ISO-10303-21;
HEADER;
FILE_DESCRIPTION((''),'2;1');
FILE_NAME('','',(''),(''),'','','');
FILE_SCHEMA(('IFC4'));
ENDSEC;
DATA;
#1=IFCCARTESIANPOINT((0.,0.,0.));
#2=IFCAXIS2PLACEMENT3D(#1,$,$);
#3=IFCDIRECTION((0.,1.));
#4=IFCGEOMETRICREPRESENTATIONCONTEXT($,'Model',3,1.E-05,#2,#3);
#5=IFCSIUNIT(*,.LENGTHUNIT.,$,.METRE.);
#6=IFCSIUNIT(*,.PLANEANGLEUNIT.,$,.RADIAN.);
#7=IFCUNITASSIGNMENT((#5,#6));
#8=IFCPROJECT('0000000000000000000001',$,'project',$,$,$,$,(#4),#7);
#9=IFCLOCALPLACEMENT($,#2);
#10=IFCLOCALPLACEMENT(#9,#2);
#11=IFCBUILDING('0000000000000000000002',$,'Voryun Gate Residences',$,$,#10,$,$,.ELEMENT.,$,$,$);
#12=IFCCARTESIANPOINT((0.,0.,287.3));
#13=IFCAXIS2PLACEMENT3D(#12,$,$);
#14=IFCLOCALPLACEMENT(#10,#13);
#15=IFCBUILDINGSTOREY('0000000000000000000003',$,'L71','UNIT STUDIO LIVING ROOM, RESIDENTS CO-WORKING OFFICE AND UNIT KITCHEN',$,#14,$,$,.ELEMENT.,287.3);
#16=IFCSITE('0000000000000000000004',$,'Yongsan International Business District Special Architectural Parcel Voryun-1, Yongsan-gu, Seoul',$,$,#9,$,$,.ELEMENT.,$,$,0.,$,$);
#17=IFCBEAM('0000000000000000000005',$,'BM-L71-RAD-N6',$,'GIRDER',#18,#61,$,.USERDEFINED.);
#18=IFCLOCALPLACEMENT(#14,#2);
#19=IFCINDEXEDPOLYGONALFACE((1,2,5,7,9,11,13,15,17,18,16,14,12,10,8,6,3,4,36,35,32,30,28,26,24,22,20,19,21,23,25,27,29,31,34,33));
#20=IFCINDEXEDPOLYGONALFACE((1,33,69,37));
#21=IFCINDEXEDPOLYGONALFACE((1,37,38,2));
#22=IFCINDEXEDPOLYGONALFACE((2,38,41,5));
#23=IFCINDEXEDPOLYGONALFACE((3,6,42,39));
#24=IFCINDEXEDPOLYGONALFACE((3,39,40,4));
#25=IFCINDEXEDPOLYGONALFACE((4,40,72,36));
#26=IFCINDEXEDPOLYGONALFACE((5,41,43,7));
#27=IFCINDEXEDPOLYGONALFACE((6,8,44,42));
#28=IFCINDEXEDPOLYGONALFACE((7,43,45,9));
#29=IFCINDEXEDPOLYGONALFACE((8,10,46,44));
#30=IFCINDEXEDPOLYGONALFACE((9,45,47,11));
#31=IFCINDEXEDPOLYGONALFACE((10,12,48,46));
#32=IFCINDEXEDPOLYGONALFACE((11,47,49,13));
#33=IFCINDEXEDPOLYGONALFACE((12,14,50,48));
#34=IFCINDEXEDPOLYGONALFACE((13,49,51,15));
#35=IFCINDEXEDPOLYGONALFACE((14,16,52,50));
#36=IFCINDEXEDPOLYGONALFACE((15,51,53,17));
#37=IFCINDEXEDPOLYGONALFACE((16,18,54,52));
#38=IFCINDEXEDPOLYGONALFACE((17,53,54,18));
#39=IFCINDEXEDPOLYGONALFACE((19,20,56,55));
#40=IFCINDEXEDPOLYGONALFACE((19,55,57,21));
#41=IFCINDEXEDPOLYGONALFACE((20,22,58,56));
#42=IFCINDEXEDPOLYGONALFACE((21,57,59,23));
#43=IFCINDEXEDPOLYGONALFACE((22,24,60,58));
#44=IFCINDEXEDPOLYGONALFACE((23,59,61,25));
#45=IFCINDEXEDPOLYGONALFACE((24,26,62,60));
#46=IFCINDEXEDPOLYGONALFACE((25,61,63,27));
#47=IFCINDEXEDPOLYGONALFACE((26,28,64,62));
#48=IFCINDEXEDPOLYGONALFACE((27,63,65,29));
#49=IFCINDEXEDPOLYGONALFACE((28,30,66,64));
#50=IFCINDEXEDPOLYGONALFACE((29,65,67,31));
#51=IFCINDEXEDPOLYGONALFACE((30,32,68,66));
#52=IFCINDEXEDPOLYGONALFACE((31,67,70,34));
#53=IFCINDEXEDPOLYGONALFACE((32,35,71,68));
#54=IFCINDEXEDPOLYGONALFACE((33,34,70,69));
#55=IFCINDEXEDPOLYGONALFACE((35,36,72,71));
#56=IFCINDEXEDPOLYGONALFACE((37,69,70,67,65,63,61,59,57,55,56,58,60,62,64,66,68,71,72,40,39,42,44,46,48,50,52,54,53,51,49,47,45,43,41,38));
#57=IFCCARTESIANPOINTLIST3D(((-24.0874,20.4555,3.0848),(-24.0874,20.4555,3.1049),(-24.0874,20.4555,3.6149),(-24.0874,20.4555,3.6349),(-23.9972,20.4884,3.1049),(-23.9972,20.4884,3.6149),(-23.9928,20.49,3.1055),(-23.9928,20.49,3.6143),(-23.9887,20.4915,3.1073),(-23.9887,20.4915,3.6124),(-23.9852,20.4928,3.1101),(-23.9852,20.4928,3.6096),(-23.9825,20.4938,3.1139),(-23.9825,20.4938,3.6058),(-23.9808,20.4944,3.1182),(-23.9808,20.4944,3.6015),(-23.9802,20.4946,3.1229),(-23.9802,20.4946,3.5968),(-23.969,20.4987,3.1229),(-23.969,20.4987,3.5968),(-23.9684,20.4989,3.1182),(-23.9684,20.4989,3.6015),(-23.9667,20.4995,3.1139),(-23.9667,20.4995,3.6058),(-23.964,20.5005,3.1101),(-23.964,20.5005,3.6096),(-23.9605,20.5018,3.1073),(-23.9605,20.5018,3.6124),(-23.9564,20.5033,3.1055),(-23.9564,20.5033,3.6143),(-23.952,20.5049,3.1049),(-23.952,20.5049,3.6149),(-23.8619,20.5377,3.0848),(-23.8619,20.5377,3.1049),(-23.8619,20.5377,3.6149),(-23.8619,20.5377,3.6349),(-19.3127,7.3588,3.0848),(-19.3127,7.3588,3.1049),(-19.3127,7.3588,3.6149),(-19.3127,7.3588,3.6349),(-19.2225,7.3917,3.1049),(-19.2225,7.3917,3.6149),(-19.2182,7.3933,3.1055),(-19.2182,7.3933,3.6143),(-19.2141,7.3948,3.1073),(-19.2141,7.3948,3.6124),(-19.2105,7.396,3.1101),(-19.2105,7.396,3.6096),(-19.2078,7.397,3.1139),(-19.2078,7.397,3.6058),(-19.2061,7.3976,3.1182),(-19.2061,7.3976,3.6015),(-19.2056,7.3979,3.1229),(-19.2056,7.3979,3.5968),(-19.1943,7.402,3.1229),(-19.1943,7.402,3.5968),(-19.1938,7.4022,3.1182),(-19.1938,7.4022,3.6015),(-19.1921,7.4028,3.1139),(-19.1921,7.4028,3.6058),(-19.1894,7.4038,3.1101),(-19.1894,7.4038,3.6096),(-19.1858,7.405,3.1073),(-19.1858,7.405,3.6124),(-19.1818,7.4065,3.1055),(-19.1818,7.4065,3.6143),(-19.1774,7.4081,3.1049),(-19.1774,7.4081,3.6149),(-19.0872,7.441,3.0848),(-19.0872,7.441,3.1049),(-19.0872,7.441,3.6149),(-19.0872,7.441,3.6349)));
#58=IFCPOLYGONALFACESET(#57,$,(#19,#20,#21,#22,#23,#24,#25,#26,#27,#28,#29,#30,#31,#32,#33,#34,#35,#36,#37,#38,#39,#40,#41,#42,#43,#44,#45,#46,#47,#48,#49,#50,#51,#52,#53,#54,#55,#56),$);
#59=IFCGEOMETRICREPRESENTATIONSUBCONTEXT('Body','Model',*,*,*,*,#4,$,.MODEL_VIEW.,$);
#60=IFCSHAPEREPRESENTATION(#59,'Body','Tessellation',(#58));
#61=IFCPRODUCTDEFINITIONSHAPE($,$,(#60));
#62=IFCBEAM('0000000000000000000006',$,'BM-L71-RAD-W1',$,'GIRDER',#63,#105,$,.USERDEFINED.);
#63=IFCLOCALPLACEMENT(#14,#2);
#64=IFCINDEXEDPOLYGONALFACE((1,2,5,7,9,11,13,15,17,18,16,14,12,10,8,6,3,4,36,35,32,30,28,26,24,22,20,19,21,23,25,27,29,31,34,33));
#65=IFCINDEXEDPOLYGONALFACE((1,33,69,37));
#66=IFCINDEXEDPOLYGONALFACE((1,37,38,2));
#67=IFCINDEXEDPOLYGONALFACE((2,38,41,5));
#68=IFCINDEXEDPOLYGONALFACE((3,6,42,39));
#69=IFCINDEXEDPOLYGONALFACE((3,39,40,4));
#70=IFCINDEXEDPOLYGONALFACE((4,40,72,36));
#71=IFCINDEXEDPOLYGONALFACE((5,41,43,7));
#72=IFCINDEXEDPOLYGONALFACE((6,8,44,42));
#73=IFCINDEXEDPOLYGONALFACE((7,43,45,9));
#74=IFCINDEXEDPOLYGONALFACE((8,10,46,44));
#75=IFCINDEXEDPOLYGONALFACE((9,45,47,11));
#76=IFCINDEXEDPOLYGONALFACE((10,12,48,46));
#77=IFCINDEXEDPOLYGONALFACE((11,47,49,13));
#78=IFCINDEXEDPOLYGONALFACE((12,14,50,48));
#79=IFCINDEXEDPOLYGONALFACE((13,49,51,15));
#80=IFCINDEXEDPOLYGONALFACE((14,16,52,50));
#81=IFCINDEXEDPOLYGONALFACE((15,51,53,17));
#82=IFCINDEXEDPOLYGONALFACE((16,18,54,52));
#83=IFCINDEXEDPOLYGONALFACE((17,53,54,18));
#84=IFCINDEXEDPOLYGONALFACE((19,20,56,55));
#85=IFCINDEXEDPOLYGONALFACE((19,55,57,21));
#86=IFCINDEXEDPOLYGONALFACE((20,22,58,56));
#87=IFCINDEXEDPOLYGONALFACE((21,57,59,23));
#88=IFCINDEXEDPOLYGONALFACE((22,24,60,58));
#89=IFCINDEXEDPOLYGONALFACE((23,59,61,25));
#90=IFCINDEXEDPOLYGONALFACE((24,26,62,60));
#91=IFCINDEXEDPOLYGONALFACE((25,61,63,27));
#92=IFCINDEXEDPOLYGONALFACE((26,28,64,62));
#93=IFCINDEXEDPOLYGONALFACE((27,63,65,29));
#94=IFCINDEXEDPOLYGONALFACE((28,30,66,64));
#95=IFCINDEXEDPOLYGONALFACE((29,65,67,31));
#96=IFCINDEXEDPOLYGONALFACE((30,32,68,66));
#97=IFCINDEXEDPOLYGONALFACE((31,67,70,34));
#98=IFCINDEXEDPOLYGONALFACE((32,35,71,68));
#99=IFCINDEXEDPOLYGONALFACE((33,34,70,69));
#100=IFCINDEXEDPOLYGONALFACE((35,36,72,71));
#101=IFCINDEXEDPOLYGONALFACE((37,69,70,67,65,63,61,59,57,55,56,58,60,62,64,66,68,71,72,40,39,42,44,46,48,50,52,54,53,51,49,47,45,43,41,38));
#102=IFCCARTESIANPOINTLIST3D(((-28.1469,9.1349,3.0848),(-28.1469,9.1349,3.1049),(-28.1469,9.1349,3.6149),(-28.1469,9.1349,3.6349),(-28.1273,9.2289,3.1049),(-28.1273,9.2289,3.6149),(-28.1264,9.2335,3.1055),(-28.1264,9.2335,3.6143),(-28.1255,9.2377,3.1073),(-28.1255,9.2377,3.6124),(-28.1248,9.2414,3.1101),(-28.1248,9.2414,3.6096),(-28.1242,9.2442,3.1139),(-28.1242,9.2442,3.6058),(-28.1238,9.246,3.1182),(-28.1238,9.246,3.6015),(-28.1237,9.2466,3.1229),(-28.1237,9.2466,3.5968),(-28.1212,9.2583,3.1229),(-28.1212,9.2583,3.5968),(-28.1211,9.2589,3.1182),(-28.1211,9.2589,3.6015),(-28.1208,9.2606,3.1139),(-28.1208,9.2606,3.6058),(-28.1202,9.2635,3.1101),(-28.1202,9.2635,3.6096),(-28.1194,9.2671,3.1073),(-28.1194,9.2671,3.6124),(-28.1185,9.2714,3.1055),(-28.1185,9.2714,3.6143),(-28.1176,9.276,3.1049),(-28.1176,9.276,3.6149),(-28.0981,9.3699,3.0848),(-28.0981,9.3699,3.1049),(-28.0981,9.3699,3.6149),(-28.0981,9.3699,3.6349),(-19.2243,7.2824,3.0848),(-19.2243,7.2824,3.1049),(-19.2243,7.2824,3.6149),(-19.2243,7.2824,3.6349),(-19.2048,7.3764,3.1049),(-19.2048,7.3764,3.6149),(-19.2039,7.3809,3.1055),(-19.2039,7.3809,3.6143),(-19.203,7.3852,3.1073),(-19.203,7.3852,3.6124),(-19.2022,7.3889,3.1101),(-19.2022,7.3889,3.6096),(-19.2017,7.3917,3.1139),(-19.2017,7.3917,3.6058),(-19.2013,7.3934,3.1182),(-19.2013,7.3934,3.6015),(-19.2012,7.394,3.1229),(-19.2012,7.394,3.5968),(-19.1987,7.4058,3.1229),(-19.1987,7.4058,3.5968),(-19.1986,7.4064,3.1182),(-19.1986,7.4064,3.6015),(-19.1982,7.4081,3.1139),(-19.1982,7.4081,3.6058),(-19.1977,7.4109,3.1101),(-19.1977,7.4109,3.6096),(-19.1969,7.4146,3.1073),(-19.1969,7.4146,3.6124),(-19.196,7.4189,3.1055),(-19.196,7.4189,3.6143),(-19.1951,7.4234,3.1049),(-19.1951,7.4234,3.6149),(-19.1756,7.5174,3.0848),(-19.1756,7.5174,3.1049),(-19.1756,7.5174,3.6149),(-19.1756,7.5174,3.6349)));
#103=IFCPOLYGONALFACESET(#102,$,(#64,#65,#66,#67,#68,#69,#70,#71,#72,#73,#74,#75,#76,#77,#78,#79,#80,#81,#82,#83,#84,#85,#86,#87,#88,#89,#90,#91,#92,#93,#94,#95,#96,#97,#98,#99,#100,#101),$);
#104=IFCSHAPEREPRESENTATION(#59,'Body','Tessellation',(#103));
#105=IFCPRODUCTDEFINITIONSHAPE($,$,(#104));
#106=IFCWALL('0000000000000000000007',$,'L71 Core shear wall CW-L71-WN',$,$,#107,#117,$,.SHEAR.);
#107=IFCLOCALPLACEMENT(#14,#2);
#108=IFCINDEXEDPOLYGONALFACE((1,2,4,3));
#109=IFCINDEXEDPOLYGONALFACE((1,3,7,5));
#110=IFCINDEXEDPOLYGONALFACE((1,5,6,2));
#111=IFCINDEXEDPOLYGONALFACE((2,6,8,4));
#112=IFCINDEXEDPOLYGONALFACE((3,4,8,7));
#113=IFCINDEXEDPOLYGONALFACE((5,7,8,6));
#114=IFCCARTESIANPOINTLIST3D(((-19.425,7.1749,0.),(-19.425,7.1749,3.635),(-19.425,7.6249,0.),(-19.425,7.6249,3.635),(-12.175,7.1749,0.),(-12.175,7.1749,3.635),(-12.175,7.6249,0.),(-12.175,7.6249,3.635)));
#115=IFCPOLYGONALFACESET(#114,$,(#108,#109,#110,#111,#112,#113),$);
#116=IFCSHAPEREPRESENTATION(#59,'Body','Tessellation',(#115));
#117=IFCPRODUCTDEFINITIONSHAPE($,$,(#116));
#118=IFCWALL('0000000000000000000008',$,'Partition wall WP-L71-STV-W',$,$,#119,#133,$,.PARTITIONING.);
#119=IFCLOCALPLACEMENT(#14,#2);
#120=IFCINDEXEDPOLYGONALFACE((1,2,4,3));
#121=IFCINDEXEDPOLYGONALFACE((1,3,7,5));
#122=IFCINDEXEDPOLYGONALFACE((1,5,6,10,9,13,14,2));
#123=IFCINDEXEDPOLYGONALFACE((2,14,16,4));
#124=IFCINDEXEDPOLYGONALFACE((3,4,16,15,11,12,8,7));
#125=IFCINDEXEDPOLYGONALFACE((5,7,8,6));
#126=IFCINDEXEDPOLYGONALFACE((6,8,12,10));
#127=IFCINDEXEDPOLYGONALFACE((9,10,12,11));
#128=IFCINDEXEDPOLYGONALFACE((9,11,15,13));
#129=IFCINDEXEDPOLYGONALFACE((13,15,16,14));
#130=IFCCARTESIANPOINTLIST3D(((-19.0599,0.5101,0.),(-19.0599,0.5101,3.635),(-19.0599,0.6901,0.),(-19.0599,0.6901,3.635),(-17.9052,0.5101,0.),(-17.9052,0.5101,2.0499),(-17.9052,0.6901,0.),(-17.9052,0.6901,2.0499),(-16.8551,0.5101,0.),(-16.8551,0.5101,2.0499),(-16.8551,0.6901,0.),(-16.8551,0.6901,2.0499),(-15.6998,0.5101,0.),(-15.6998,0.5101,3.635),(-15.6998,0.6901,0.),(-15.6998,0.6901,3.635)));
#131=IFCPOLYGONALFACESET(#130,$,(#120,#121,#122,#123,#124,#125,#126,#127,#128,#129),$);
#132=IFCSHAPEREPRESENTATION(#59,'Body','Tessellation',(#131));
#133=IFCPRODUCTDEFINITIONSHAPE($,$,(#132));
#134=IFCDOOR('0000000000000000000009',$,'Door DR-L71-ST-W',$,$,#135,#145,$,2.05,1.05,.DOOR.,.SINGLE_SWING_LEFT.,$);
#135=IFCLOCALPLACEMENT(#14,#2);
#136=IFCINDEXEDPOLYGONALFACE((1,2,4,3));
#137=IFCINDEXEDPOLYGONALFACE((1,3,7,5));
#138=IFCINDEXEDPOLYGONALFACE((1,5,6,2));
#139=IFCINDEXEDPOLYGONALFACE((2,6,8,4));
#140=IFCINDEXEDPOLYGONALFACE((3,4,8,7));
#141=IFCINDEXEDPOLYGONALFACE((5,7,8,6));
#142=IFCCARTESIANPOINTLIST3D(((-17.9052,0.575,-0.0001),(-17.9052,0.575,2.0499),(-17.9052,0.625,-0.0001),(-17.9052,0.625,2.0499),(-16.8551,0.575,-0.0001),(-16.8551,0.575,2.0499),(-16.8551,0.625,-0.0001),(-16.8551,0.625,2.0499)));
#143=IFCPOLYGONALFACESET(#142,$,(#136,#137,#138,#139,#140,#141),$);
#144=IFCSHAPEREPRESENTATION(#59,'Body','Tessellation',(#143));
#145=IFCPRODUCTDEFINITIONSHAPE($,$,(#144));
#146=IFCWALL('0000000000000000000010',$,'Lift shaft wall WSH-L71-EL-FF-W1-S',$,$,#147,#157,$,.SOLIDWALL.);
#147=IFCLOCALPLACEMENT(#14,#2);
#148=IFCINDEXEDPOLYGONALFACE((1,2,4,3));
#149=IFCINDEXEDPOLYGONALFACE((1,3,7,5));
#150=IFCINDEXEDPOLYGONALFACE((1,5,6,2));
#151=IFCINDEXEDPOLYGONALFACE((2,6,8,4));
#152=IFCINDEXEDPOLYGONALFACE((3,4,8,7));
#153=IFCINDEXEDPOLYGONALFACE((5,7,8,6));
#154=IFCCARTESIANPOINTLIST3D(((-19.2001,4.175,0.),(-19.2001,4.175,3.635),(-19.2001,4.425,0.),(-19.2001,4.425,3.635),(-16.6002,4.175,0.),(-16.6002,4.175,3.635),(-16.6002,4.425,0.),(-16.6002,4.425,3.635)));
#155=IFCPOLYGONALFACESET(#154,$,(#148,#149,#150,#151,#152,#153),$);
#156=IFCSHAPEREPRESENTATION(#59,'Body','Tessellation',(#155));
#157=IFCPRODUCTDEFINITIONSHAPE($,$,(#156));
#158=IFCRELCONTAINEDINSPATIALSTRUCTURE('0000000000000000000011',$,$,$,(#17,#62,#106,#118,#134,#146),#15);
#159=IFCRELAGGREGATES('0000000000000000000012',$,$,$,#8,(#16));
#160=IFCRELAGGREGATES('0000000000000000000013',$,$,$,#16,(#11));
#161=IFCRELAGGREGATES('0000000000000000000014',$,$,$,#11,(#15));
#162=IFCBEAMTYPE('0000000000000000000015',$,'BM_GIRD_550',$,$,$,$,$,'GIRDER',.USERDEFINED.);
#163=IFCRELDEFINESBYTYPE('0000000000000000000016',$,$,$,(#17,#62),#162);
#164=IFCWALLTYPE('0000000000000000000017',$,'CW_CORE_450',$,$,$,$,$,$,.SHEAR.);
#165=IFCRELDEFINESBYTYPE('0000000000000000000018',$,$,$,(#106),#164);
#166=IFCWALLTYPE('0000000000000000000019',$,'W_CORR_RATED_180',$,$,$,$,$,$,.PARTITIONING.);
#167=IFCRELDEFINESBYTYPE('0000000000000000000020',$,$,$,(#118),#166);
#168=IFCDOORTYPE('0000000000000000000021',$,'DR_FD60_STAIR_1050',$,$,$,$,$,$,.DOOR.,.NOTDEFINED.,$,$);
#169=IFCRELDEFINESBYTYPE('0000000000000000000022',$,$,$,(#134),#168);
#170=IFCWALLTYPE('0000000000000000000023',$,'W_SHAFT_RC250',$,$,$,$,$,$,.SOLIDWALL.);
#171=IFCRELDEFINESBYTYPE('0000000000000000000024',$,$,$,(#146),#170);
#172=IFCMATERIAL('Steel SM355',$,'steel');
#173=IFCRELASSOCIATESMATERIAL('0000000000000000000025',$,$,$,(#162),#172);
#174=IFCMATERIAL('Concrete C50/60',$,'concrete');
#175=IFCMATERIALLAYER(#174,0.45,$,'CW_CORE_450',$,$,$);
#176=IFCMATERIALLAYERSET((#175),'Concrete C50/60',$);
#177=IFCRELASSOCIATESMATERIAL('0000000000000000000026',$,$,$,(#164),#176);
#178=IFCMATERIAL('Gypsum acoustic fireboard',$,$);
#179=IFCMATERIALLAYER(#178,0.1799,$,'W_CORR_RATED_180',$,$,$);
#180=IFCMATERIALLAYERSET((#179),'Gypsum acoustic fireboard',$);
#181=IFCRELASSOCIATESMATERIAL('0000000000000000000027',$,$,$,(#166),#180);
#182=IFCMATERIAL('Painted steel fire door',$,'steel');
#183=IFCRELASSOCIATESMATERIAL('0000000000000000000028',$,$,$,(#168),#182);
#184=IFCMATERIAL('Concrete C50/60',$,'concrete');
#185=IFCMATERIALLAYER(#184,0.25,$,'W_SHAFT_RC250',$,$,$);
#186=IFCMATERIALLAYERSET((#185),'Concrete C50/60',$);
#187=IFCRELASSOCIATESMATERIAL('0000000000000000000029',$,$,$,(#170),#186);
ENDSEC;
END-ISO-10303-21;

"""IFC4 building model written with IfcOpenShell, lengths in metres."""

from ifc_helpers import new_model, si_unit, direction, frame, frame_2d, origin, origin_2d, place, context, subcontext, project, spatial, rectangle, i_section, extrude, material, layer, layer_set, material_profile, profile_set, type_object, element, fill, save


model = new_model("IFC4")

# Units and contexts
model_context = context("Model", 3, precision=1e-05, world=origin(), true_north=direction((0.0, 1.0)))
body_context = subcontext(model_context, "Body", "Model", "MODEL_VIEW")
ifc_project = project(units=[si_unit("LENGTHUNIT", "METRE"), si_unit("PLANEANGLEUNIT", "RADIAN")], contexts=[model_context])

# Site, building, storey
site_placement = place(None, origin())
site = spatial("IfcSite", under=ifc_project, at=site_placement, Name="Yongsan International Business District Special Architectural Parcel Voryun-1, Yongsan-gu, Seoul", CompositionType="ELEMENT", RefElevation=0.0)
building_placement = place(site_placement, origin())
building = spatial("IfcBuilding", under=site, at=building_placement, Name="Voryun Gate Residences", CompositionType="ELEMENT")
storey_placement = place(building_placement, frame((0.0, 0.0, 287.3)))
storey = spatial("IfcBuildingStorey", under=building, at=storey_placement, Name="L71", Description="UNIT STUDIO LIVING ROOM, RESIDENTS CO-WORKING OFFICE AND UNIT KITCHEN", CompositionType="ELEMENT", Elevation=287.3)

# Beams
ifc_material_1 = material(Name="Steel SM355", Category="steel")
ifc_material_profile_1 = material_profile(ifc_material_1, i_section(OverallWidth=0.24, OverallDepth=0.55, WebThickness=0.012, FlangeThickness=0.02, FilletRadius=0.0181, at=origin_2d()), Name="H-550x240x12x20")
ifc_profile_set_1 = profile_set([ifc_material_profile_1], Name="Steel SM355")
beam_type_1 = type_object("IfcBeamType", Name="BM_GIRD_550", ElementType="GIRDER", PredefinedType="USERDEFINED", material=ifc_profile_set_1)
beam_1_placement = place(storey_placement, frame((-19.2, 7.3999, 3.3599), z_axis=(-0.342518, 0.939511, 0.0), x_axis=(-0.939511, -0.342518, 0.0)))
element("IfcBeam", 1, at=beam_1_placement, inside=storey, type_object=beam_type_1, Name="BM-L71-RAD-N6", ObjectType="GIRDER", PredefinedType="USERDEFINED", context=body_context, shape_type="SweptSolid", body=[
    extrude(i_section(OverallWidth=0.24, OverallDepth=0.55, WebThickness=0.012, FlangeThickness=0.02, FilletRadius=0.0181, at=origin_2d()), origin(), (0.0, 0.0, 1.0), 13.9399),
])
beam_2_placement = place(storey_placement, frame((-19.2, 7.3999, 3.3599), z_axis=(-0.979119, 0.203288, 0.0), x_axis=(-0.203288, -0.979119, 0.0)))
element("IfcBeam", 2, at=beam_2_placement, inside=storey, type_object=beam_type_1, Name="BM-L71-RAD-W1", ObjectType="GIRDER", PredefinedType="USERDEFINED", context=body_context, shape_type="SweptSolid", body=[
    extrude(i_section(OverallWidth=0.24, OverallDepth=0.55, WebThickness=0.012, FlangeThickness=0.02, FilletRadius=0.0181, at=origin_2d()), origin(), (0.0, 0.0, 1.0), 9.1128),
])

# Wall
ifc_material_2 = material(Name="Concrete C50/60", Category="concrete")
ifc_layer_1 = layer(ifc_material_2, 0.45, Name="CW_CORE_450")
ifc_layer_set_1 = layer_set([ifc_layer_1], Name="Concrete C50/60")
wall_type_1 = type_object("IfcWallType", Name="CW_CORE_450", PredefinedType="SHEAR", material=ifc_layer_set_1)
wall_1_placement = place(storey_placement, frame((-19.425, 7.3999, 0.0), z_axis=(0.0, 0.0, 1.0), x_axis=(1.0, 0.0, 0.0)))
element("IfcWall", 3, at=wall_1_placement, inside=storey, type_object=wall_type_1, Name="L71 Core shear wall CW-L71-WN", PredefinedType="SHEAR", context=body_context, shape_type="SweptSolid", body=[
    extrude(rectangle(XDim=7.25, YDim=0.45, at=frame_2d((3.625, 0.0))), origin(), (0.0, 0.0, 1.0), 3.635),
])

# Wall, opening, door
ifc_material_3 = material(Name="Gypsum acoustic fireboard")
ifc_layer_2 = layer(ifc_material_3, 0.1799, Name="W_CORR_RATED_180")
ifc_layer_set_2 = layer_set([ifc_layer_2], Name="Gypsum acoustic fireboard")
wall_type_2 = type_object("IfcWallType", Name="W_CORR_RATED_180", PredefinedType="PARTITIONING", material=ifc_layer_set_2)
wall_2_placement = place(storey_placement, frame((-19.0601, 0.6001, 0.0), z_axis=(0.0, 0.0, 1.0), x_axis=(1.0, 0.0, 0.0)))
wall_2 = element("IfcWall", 4, at=wall_2_placement, inside=storey, type_object=wall_type_2, Name="Partition wall WP-L71-STV-W", PredefinedType="PARTITIONING", context=body_context, shape_type="SweptSolid", body=[
    extrude(rectangle(XDim=3.3601, YDim=0.1799, at=frame_2d((1.6802, 0.0))), origin(), (0.0, 0.0, 1.0), 3.635),
])
opening_1_placement = place(wall_2_placement, frame((1.155, 0.0, 0.0)))
opening_1 = element("IfcOpeningElement", 5, at=opening_1_placement, cuts=wall_2, PredefinedType="OPENING", context=body_context, shape_type="SweptSolid", body=[
    extrude(rectangle(XDim=1.05, YDim=2.05, at=frame_2d((0.5249, 1.0249))), frame((0.0, 0.0999, 0.0), z_axis=(0.0, -1.0, 0.0), x_axis=(1.0, 0.0, 0.0)), (0.0, 0.0, 1.0), 0.2),
])
ifc_material_4 = material(Name="Painted steel fire door", Category="steel")
door_type_1 = type_object("IfcDoorType", Name="DR_FD60_STAIR_1050", OperationType="NOTDEFINED", PredefinedType="DOOR", material=ifc_material_4)
door_1_placement = place(opening_1_placement, origin())
door_1 = element("IfcDoor", 6, at=door_1_placement, inside=storey, type_object=door_type_1, Name="Door DR-L71-ST-W", OperationType="SINGLE_SWING_LEFT", OverallHeight=2.05, OverallWidth=1.05, PredefinedType="DOOR", context=body_context, shape_type="SweptSolid", body=[
    extrude(rectangle(XDim=1.05, YDim=2.05, at=frame_2d((0.5249, 1.0249))), frame((0.0, 0.0249, 0.0), z_axis=(0.0, -1.0, 0.0), x_axis=(1.0, 0.0, 0.0)), (0.0, 0.0, 1.0), 0.05),
])
fill(opening_1, door_1)

# Wall
ifc_material_5 = material(Name="Concrete C50/60", Category="concrete")
ifc_layer_3 = layer(ifc_material_5, 0.25, Name="W_SHAFT_RC250")
ifc_layer_set_3 = layer_set([ifc_layer_3], Name="Concrete C50/60")
wall_type_3 = type_object("IfcWallType", Name="W_SHAFT_RC250", PredefinedType="SOLIDWALL", material=ifc_layer_set_3)
wall_3_placement = place(storey_placement, frame((-19.2, 4.3, 0.0), z_axis=(0.0, 0.0, 1.0), x_axis=(1.0, 0.0, 0.0)))
element("IfcWall", 7, at=wall_3_placement, inside=storey, type_object=wall_type_3, Name="Lift shaft wall WSH-L71-EL-FF-W1-S", PredefinedType="SOLIDWALL", context=body_context, shape_type="SweptSolid", body=[
    extrude(rectangle(XDim=2.5999, YDim=0.25, at=frame_2d((1.2998, 0.0))), origin(), (0.0, 0.0, 1.0), 3.635),
])

save(model, "model.ifc")
